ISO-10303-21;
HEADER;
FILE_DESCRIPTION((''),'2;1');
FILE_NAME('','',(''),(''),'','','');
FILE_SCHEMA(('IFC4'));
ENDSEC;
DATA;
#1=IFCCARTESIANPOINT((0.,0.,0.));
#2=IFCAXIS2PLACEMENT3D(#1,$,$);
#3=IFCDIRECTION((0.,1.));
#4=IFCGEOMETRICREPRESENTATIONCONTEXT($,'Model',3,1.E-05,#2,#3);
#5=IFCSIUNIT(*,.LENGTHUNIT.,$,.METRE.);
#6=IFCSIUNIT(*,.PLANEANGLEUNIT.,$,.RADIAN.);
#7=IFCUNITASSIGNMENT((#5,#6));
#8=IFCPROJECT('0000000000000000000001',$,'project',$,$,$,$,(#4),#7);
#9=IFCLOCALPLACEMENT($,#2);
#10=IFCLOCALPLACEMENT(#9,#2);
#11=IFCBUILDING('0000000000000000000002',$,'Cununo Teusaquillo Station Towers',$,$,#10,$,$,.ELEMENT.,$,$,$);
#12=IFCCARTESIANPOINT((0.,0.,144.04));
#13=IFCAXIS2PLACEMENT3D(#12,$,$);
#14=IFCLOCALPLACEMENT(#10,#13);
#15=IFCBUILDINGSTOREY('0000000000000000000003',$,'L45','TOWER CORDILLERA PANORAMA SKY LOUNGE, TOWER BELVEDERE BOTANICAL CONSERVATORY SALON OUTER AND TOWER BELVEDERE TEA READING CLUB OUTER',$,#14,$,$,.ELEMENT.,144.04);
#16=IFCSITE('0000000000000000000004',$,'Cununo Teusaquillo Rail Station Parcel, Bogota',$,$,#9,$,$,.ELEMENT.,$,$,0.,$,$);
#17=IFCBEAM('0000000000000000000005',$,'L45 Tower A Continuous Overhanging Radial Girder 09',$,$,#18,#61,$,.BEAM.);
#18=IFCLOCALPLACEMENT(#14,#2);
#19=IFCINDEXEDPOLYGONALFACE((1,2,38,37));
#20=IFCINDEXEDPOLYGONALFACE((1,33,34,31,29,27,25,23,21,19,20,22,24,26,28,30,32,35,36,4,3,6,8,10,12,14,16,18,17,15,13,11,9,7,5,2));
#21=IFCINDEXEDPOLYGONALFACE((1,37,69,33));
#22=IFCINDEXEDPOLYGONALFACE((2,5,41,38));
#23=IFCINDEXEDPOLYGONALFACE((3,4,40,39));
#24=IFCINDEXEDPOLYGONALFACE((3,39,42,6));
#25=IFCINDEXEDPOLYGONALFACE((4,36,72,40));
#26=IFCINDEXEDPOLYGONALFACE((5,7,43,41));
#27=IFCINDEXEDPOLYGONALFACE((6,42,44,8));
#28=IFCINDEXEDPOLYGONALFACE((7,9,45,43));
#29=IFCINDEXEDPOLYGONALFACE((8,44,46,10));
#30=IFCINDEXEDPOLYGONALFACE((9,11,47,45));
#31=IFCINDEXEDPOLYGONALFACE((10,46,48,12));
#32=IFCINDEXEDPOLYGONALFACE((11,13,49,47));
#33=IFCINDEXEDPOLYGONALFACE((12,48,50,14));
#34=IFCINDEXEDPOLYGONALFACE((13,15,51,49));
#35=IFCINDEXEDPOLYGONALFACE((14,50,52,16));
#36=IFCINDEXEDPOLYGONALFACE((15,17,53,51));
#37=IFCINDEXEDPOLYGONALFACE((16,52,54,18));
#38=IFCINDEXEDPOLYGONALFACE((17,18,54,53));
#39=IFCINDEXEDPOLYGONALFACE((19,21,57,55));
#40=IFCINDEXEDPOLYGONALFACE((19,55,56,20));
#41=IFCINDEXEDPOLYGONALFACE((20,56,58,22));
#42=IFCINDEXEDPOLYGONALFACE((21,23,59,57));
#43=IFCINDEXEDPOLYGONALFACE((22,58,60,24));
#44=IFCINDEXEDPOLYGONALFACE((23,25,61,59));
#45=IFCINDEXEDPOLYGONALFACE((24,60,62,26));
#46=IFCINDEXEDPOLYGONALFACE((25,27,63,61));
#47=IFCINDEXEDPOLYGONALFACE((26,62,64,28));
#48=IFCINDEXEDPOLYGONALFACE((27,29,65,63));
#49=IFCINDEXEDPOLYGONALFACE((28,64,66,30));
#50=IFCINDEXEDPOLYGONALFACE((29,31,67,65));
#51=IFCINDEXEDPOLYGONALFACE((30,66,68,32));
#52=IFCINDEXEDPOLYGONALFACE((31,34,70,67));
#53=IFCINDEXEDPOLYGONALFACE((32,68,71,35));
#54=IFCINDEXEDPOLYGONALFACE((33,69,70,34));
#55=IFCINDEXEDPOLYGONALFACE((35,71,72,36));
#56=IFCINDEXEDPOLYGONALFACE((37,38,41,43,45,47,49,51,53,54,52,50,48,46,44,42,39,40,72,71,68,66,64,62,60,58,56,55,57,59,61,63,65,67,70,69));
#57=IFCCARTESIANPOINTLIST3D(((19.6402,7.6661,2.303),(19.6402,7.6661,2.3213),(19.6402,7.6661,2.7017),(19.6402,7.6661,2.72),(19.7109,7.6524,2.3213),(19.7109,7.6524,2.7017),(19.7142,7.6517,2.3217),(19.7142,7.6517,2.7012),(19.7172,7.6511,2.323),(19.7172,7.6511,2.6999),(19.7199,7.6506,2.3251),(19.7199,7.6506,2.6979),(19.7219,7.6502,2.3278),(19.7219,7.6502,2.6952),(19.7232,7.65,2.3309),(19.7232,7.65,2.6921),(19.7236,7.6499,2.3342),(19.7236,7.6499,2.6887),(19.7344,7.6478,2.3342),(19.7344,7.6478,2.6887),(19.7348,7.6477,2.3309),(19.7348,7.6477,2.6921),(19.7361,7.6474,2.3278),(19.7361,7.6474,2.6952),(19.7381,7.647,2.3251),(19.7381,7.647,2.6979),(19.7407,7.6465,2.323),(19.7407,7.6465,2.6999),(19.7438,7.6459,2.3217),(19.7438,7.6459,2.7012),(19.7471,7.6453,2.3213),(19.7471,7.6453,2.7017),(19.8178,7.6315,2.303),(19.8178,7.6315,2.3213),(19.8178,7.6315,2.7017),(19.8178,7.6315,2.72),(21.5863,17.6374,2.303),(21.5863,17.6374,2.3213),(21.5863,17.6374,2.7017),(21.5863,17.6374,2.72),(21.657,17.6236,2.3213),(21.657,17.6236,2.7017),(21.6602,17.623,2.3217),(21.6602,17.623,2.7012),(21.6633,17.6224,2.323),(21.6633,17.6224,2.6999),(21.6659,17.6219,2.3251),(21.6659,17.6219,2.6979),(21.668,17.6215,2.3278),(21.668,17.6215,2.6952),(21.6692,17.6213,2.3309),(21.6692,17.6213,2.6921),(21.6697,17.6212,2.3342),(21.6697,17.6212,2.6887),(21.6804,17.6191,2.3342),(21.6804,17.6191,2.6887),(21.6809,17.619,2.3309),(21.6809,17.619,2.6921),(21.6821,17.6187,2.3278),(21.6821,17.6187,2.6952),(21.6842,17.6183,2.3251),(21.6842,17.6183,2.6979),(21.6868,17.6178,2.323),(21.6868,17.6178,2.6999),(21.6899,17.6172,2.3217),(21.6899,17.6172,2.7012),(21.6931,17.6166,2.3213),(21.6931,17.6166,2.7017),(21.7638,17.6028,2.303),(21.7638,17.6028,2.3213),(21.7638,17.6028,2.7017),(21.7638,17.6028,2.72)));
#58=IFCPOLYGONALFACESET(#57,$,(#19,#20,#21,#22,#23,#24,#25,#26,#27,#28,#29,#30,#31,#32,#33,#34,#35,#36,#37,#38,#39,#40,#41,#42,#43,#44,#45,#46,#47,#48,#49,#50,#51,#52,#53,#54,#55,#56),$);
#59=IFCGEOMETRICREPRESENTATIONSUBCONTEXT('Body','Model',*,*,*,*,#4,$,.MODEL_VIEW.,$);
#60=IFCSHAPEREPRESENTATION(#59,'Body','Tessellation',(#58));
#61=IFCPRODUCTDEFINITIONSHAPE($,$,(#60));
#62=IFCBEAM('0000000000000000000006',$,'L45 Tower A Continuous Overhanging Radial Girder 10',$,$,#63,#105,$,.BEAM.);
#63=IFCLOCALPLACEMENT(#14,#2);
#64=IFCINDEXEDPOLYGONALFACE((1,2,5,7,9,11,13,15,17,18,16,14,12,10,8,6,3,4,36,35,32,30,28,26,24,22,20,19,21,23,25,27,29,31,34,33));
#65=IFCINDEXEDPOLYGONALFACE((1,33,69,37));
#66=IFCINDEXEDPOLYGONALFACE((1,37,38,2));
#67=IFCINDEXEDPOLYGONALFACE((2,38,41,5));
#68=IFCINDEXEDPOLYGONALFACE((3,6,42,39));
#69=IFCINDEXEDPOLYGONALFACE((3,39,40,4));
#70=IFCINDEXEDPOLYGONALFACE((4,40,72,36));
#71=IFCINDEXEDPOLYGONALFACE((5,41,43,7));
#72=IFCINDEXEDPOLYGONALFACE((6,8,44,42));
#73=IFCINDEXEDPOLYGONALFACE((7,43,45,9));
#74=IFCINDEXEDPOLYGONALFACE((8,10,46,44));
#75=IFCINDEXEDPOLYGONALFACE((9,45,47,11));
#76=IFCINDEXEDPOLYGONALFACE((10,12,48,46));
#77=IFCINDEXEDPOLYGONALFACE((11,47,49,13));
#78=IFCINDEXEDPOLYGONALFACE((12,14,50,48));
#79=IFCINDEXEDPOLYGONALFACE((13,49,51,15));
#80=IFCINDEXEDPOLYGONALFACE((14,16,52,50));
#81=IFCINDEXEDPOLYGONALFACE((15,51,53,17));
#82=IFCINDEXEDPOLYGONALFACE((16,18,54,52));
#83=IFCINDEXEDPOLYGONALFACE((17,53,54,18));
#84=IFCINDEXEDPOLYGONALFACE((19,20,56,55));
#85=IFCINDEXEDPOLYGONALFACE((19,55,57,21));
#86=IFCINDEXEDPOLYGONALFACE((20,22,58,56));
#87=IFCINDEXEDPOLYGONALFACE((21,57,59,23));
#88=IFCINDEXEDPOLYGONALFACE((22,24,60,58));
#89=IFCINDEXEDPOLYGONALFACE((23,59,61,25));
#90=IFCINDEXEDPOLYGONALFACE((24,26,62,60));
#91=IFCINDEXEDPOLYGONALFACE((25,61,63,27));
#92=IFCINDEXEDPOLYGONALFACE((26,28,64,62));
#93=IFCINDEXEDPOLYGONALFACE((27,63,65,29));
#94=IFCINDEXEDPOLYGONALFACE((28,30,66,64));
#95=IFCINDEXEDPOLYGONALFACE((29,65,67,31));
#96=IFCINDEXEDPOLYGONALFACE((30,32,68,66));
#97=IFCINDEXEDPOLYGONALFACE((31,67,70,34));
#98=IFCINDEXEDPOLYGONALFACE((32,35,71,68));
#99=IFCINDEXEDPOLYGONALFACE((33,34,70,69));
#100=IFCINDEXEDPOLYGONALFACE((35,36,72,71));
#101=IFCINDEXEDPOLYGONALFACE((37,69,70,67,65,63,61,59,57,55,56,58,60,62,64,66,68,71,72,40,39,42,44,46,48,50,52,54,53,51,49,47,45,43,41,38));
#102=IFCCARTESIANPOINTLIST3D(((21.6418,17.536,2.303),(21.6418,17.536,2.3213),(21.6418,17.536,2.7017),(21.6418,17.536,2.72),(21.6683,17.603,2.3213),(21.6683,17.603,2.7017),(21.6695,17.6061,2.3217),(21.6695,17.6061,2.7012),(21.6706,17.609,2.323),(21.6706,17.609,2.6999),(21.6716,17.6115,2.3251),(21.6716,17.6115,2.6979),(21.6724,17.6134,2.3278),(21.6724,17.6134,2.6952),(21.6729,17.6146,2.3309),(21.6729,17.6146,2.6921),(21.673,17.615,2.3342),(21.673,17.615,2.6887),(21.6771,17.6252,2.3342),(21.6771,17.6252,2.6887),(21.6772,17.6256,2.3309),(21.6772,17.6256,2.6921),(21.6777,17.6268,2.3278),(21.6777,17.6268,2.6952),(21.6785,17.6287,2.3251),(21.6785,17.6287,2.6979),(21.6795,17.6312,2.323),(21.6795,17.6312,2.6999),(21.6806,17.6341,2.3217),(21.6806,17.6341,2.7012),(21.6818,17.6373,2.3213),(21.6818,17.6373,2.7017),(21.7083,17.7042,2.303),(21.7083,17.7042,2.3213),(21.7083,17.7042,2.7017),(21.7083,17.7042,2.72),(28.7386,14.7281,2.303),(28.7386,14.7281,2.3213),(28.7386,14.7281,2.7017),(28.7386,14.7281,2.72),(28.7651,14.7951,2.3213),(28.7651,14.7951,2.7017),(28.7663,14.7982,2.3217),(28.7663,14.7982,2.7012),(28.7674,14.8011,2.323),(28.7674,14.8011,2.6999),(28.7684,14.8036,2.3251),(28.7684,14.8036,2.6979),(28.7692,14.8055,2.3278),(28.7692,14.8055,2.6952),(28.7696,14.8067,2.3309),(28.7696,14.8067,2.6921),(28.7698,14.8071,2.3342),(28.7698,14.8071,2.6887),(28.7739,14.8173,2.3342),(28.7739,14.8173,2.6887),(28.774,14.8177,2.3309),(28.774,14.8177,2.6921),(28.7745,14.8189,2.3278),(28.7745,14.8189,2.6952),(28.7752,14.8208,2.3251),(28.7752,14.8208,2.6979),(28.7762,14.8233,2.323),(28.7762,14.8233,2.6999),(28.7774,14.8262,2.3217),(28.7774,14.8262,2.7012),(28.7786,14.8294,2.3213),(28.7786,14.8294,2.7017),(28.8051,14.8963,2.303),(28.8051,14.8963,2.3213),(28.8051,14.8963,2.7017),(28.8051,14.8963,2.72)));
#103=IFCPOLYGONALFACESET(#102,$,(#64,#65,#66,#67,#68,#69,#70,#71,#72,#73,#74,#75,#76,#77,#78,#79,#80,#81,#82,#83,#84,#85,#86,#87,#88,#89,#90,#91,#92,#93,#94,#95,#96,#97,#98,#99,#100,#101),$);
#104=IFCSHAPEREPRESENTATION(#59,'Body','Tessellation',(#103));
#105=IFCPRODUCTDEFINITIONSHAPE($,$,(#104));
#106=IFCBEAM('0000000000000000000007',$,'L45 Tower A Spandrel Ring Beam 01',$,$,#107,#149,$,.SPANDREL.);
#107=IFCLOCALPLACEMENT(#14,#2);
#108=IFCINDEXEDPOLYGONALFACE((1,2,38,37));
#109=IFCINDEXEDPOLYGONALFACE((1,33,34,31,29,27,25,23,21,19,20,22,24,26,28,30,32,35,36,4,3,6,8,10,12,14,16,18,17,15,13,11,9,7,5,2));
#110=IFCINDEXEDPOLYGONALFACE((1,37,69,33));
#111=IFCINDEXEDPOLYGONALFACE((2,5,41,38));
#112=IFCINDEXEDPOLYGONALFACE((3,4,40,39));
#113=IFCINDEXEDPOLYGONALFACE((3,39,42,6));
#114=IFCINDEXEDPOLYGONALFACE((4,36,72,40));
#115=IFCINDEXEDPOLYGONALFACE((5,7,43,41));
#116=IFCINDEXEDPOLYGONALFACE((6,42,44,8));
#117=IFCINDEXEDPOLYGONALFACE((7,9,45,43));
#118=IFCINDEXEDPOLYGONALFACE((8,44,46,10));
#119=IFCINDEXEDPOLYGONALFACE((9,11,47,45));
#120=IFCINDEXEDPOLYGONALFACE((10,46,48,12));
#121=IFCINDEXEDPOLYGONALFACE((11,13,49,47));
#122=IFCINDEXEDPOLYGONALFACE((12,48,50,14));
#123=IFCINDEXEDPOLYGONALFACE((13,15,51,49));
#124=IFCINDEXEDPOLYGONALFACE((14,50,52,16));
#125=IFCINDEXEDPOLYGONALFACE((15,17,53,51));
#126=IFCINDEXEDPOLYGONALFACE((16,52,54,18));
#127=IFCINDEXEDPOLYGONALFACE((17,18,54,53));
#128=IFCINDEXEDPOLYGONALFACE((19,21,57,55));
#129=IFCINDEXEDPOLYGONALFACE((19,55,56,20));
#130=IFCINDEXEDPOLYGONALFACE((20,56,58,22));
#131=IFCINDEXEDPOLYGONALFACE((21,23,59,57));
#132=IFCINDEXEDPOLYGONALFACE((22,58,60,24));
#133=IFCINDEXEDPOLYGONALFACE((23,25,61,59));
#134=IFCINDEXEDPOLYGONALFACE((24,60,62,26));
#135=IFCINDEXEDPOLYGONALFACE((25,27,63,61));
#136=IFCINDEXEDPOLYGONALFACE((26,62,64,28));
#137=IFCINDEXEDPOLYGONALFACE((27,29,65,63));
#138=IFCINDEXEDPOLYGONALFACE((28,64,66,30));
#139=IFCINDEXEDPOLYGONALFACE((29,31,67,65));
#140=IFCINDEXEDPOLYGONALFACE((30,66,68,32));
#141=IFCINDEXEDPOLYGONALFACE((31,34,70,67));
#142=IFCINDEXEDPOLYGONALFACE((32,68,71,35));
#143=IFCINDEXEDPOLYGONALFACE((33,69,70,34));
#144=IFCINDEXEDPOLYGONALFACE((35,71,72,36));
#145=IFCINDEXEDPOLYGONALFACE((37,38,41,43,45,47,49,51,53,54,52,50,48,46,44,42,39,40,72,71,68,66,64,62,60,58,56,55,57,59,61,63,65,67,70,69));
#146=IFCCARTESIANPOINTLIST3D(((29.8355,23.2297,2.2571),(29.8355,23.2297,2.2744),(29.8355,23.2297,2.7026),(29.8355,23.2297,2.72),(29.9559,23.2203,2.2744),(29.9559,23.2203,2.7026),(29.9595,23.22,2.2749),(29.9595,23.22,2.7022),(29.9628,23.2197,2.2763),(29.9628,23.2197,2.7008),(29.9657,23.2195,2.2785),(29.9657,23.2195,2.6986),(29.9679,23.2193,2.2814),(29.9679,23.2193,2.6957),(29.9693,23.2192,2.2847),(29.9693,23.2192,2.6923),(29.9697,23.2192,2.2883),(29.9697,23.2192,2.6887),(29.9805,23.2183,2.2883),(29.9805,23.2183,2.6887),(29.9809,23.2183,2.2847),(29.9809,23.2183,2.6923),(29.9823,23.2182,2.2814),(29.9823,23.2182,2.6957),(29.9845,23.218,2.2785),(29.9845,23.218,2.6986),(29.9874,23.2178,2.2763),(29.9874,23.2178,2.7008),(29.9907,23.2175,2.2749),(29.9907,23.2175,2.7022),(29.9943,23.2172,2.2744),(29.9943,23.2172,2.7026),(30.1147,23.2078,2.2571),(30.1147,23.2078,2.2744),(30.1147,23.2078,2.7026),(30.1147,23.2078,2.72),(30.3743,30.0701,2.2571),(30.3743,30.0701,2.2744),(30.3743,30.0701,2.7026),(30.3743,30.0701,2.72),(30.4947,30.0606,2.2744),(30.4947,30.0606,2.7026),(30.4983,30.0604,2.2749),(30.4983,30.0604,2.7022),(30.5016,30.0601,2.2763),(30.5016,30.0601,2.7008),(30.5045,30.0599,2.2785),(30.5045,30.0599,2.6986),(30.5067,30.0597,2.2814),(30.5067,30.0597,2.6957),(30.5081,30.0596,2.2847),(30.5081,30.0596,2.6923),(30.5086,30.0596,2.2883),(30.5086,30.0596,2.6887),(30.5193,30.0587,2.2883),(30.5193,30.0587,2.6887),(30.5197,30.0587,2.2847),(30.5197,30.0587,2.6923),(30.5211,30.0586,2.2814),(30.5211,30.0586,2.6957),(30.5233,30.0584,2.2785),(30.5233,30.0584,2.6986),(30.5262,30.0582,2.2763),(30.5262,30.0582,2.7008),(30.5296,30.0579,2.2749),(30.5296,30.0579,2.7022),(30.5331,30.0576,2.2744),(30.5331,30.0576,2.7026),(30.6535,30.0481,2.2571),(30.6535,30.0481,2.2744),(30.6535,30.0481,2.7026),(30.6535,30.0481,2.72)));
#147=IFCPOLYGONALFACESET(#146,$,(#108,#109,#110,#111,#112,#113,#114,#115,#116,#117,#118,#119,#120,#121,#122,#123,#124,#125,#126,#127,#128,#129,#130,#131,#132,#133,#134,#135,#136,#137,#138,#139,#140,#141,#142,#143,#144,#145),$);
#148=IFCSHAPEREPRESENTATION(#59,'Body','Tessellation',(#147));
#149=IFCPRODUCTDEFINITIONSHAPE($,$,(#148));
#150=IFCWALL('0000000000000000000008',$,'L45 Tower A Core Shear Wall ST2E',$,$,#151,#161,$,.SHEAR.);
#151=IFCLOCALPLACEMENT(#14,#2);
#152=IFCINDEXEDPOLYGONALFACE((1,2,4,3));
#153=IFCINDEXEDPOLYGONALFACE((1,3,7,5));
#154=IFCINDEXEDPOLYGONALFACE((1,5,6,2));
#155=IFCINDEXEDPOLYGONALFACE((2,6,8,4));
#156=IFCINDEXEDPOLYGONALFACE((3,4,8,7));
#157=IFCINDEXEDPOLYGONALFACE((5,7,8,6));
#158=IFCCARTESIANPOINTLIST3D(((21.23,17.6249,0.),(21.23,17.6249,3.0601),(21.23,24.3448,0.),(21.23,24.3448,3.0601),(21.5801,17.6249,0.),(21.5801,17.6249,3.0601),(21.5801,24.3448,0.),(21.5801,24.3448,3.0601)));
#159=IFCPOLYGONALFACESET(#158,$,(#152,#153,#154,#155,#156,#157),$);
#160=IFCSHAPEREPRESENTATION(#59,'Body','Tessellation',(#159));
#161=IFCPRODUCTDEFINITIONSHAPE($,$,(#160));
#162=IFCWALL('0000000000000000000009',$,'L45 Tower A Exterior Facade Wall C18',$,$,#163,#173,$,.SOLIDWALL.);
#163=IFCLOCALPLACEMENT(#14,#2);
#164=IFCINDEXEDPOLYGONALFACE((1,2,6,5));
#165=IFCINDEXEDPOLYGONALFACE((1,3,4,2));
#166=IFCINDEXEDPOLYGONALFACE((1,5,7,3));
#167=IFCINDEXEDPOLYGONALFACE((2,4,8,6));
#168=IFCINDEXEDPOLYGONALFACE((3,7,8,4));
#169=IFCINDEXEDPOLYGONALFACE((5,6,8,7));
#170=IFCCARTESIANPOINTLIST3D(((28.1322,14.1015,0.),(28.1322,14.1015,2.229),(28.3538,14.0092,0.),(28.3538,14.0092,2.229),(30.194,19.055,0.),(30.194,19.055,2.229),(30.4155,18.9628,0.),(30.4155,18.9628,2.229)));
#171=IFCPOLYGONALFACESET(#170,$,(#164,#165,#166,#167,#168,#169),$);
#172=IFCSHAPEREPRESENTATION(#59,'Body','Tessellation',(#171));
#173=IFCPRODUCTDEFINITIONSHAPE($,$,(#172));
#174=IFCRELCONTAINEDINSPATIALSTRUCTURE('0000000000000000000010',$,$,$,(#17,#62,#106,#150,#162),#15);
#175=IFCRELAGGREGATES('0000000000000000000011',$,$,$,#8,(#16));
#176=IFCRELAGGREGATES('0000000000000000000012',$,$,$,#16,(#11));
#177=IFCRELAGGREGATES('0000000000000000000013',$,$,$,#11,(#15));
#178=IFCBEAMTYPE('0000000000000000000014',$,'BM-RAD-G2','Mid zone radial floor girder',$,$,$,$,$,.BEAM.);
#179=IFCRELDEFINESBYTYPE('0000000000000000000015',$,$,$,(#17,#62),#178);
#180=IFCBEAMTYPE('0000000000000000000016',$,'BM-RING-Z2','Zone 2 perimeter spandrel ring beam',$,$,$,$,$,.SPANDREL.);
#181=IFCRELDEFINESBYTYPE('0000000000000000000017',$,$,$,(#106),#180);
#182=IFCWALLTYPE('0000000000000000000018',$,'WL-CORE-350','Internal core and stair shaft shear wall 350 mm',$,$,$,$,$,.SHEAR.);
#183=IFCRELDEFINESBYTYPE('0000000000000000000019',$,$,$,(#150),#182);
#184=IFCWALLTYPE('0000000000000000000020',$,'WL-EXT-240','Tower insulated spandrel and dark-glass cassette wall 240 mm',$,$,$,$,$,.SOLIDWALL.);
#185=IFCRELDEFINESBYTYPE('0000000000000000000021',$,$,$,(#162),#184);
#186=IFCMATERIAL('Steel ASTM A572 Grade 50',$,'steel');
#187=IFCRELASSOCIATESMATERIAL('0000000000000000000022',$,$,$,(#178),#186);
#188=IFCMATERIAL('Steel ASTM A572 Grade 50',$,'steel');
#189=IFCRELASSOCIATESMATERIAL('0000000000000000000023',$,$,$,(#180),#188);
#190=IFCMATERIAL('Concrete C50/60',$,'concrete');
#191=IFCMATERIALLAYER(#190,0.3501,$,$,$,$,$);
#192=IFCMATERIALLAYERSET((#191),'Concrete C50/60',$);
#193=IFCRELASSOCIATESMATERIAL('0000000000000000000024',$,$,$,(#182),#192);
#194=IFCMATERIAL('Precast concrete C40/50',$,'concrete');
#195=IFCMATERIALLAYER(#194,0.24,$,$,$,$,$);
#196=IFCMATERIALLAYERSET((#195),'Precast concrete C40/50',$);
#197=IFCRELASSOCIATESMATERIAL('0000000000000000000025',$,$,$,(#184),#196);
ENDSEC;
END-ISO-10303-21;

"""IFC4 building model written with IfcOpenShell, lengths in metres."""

from ifc_helpers import new_model, si_unit, direction, frame, frame_2d, origin, origin_2d, place, context, subcontext, project, spatial, rectangle, i_section, extrude, material, layer, layer_set, material_profile, profile_set, type_object, element, save


model = new_model("IFC4")

# Units and contexts
model_context = context("Model", 3, precision=1e-05, world=origin(), true_north=direction((0.0, 1.0)))
body_context = subcontext(model_context, "Body", "Model", "MODEL_VIEW")
ifc_project = project(units=[si_unit("LENGTHUNIT", "METRE"), si_unit("PLANEANGLEUNIT", "RADIAN")], contexts=[model_context])

# Site, building, storey
site_placement = place(None, origin())
site = spatial("IfcSite", under=ifc_project, at=site_placement, Name="Cununo Teusaquillo Rail Station Parcel, Bogota", CompositionType="ELEMENT", RefElevation=0.0)
building_placement = place(site_placement, origin())
building = spatial("IfcBuilding", under=site, at=building_placement, Name="Cununo Teusaquillo Station Towers", CompositionType="ELEMENT")
storey_placement = place(building_placement, frame((0.0, 0.0, 144.04)))
storey = spatial("IfcBuildingStorey", under=building, at=storey_placement, Name="L45", Description="TOWER CORDILLERA PANORAMA SKY LOUNGE, TOWER BELVEDERE BOTANICAL CONSERVATORY SALON OUTER AND TOWER BELVEDERE TEA READING CLUB OUTER", CompositionType="ELEMENT", Elevation=144.04)

# Beams
ifc_material_1 = material(Name="Steel ASTM A572 Grade 50", Category="steel")
ifc_material_profile_1 = material_profile(ifc_material_1, i_section(OverallWidth=0.1809, OverallDepth=0.417, WebThickness=0.011, FlangeThickness=0.0183, FilletRadius=0.0129, at=origin_2d()), Name="W16X57")
ifc_profile_set_1 = profile_set([ifc_material_profile_1], Name="Steel ASTM A572 Grade 50")
beam_type_1 = type_object("IfcBeamType", Name="BM-RAD-G2", Description="Mid zone radial floor girder", PredefinedType="BEAM", material=ifc_profile_set_1)
beam_1_placement = place(storey_placement, frame((21.675, 17.6201, 2.5115), z_axis=(-0.191553, -0.981482, 0.0), x_axis=(0.981482, -0.191553, 0.0)))
element("IfcBeam", 1, at=beam_1_placement, inside=storey, type_object=beam_type_1, Name="L45 Tower A Continuous Overhanging Radial Girder 09", PredefinedType="BEAM", context=body_context, shape_type="SweptSolid", body=[
    extrude(i_section(OverallWidth=0.1809, OverallDepth=0.417, WebThickness=0.011, FlangeThickness=0.0183, FilletRadius=0.0129, at=origin_2d()), origin(), (0.0, 0.0, 1.0), 10.1594),
])
beam_2_placement = place(storey_placement, frame((21.675, 17.6201, 2.5115), z_axis=(0.929862, -0.367908, 0.0), x_axis=(0.367908, 0.929862, 0.0)))
element("IfcBeam", 2, at=beam_2_placement, inside=storey, type_object=beam_type_1, Name="L45 Tower A Continuous Overhanging Radial Girder 10", PredefinedType="BEAM", context=body_context, shape_type="SweptSolid", body=[
    extrude(i_section(OverallWidth=0.1809, OverallDepth=0.417, WebThickness=0.011, FlangeThickness=0.0183, FilletRadius=0.0129, at=origin_2d()), origin(), (0.0, 0.0, 1.0), 7.6321),
])
ifc_material_2 = material(Name="Steel ASTM A572 Grade 50", Category="steel")
ifc_material_profile_2 = material_profile(ifc_material_2, i_section(OverallWidth=0.28, OverallDepth=0.4629, WebThickness=0.0107, FlangeThickness=0.0173, FilletRadius=0.0139, at=origin_2d()), Name="W18X76")
ifc_profile_set_2 = profile_set([ifc_material_profile_2], Name="Steel ASTM A572 Grade 50")
beam_type_2 = type_object("IfcBeamType", Name="BM-RING-Z2", Description="Zone 2 perimeter spandrel ring beam", PredefinedType="SPANDREL", material=ifc_profile_set_2)
beam_3_placement = place(storey_placement, frame((29.9751, 23.2188, 2.4885), z_axis=(0.078528, 0.996912, 0.0), x_axis=(-0.996912, 0.078528, 0.0)))
element("IfcBeam", 3, at=beam_3_placement, inside=storey, type_object=beam_type_2, Name="L45 Tower A Spandrel Ring Beam 01", PredefinedType="SPANDREL", context=body_context, shape_type="SweptSolid", body=[
    extrude(i_section(OverallWidth=0.28, OverallDepth=0.4629, WebThickness=0.0107, FlangeThickness=0.0173, FilletRadius=0.0139, at=origin_2d()), origin(), (0.0, 0.0, 1.0), 6.8616),
])

# Walls
ifc_material_3 = material(Name="Concrete C50/60", Category="concrete")
ifc_layer_1 = layer(ifc_material_3, 0.3501)
ifc_layer_set_1 = layer_set([ifc_layer_1], Name="Concrete C50/60")
wall_type_1 = type_object("IfcWallType", Name="WL-CORE-350", Description="Internal core and stair shaft shear wall 350 mm", PredefinedType="SHEAR", material=ifc_layer_set_1)
wall_1_placement = place(storey_placement, frame((21.405, 17.625, 0.0), z_axis=(0.0, 0.0, 1.0), x_axis=(0.0, 1.0, 0.0)))
element("IfcWall", 4, at=wall_1_placement, inside=storey, type_object=wall_type_1, Name="L45 Tower A Core Shear Wall ST2E", PredefinedType="SHEAR", context=body_context, shape_type="SweptSolid", body=[
    extrude(rectangle(XDim=6.72, YDim=0.3501, at=frame_2d((3.3599, 0.0))), origin(), (0.0, 0.0, 1.0), 3.0601),
])
ifc_material_4 = material(Name="Precast concrete C40/50", Category="concrete")
ifc_layer_2 = layer(ifc_material_4, 0.24)
ifc_layer_set_2 = layer_set([ifc_layer_2], Name="Precast concrete C40/50")
wall_type_2 = type_object("IfcWallType", Name="WL-EXT-240", Description="Tower insulated spandrel and dark-glass cassette wall 240 mm", PredefinedType="SOLIDWALL", material=ifc_layer_set_2)
wall_2_placement = place(storey_placement, frame((30.3047, 19.0088, 0.0), z_axis=(0.0, 0.0, 1.0), x_axis=(-0.38426, -0.923225, 0.0)))
element("IfcWall", 5, at=wall_2_placement, inside=storey, type_object=wall_type_2, Name="L45 Tower A Exterior Facade Wall C18", PredefinedType="SOLIDWALL", context=body_context, shape_type="SweptSolid", body=[
    extrude(rectangle(XDim=5.3655, YDim=0.24, at=frame_2d((2.6826, 0.0))), origin(), (0.0, 0.0, 1.0), 2.229),
])

save(model, "model.ifc")
